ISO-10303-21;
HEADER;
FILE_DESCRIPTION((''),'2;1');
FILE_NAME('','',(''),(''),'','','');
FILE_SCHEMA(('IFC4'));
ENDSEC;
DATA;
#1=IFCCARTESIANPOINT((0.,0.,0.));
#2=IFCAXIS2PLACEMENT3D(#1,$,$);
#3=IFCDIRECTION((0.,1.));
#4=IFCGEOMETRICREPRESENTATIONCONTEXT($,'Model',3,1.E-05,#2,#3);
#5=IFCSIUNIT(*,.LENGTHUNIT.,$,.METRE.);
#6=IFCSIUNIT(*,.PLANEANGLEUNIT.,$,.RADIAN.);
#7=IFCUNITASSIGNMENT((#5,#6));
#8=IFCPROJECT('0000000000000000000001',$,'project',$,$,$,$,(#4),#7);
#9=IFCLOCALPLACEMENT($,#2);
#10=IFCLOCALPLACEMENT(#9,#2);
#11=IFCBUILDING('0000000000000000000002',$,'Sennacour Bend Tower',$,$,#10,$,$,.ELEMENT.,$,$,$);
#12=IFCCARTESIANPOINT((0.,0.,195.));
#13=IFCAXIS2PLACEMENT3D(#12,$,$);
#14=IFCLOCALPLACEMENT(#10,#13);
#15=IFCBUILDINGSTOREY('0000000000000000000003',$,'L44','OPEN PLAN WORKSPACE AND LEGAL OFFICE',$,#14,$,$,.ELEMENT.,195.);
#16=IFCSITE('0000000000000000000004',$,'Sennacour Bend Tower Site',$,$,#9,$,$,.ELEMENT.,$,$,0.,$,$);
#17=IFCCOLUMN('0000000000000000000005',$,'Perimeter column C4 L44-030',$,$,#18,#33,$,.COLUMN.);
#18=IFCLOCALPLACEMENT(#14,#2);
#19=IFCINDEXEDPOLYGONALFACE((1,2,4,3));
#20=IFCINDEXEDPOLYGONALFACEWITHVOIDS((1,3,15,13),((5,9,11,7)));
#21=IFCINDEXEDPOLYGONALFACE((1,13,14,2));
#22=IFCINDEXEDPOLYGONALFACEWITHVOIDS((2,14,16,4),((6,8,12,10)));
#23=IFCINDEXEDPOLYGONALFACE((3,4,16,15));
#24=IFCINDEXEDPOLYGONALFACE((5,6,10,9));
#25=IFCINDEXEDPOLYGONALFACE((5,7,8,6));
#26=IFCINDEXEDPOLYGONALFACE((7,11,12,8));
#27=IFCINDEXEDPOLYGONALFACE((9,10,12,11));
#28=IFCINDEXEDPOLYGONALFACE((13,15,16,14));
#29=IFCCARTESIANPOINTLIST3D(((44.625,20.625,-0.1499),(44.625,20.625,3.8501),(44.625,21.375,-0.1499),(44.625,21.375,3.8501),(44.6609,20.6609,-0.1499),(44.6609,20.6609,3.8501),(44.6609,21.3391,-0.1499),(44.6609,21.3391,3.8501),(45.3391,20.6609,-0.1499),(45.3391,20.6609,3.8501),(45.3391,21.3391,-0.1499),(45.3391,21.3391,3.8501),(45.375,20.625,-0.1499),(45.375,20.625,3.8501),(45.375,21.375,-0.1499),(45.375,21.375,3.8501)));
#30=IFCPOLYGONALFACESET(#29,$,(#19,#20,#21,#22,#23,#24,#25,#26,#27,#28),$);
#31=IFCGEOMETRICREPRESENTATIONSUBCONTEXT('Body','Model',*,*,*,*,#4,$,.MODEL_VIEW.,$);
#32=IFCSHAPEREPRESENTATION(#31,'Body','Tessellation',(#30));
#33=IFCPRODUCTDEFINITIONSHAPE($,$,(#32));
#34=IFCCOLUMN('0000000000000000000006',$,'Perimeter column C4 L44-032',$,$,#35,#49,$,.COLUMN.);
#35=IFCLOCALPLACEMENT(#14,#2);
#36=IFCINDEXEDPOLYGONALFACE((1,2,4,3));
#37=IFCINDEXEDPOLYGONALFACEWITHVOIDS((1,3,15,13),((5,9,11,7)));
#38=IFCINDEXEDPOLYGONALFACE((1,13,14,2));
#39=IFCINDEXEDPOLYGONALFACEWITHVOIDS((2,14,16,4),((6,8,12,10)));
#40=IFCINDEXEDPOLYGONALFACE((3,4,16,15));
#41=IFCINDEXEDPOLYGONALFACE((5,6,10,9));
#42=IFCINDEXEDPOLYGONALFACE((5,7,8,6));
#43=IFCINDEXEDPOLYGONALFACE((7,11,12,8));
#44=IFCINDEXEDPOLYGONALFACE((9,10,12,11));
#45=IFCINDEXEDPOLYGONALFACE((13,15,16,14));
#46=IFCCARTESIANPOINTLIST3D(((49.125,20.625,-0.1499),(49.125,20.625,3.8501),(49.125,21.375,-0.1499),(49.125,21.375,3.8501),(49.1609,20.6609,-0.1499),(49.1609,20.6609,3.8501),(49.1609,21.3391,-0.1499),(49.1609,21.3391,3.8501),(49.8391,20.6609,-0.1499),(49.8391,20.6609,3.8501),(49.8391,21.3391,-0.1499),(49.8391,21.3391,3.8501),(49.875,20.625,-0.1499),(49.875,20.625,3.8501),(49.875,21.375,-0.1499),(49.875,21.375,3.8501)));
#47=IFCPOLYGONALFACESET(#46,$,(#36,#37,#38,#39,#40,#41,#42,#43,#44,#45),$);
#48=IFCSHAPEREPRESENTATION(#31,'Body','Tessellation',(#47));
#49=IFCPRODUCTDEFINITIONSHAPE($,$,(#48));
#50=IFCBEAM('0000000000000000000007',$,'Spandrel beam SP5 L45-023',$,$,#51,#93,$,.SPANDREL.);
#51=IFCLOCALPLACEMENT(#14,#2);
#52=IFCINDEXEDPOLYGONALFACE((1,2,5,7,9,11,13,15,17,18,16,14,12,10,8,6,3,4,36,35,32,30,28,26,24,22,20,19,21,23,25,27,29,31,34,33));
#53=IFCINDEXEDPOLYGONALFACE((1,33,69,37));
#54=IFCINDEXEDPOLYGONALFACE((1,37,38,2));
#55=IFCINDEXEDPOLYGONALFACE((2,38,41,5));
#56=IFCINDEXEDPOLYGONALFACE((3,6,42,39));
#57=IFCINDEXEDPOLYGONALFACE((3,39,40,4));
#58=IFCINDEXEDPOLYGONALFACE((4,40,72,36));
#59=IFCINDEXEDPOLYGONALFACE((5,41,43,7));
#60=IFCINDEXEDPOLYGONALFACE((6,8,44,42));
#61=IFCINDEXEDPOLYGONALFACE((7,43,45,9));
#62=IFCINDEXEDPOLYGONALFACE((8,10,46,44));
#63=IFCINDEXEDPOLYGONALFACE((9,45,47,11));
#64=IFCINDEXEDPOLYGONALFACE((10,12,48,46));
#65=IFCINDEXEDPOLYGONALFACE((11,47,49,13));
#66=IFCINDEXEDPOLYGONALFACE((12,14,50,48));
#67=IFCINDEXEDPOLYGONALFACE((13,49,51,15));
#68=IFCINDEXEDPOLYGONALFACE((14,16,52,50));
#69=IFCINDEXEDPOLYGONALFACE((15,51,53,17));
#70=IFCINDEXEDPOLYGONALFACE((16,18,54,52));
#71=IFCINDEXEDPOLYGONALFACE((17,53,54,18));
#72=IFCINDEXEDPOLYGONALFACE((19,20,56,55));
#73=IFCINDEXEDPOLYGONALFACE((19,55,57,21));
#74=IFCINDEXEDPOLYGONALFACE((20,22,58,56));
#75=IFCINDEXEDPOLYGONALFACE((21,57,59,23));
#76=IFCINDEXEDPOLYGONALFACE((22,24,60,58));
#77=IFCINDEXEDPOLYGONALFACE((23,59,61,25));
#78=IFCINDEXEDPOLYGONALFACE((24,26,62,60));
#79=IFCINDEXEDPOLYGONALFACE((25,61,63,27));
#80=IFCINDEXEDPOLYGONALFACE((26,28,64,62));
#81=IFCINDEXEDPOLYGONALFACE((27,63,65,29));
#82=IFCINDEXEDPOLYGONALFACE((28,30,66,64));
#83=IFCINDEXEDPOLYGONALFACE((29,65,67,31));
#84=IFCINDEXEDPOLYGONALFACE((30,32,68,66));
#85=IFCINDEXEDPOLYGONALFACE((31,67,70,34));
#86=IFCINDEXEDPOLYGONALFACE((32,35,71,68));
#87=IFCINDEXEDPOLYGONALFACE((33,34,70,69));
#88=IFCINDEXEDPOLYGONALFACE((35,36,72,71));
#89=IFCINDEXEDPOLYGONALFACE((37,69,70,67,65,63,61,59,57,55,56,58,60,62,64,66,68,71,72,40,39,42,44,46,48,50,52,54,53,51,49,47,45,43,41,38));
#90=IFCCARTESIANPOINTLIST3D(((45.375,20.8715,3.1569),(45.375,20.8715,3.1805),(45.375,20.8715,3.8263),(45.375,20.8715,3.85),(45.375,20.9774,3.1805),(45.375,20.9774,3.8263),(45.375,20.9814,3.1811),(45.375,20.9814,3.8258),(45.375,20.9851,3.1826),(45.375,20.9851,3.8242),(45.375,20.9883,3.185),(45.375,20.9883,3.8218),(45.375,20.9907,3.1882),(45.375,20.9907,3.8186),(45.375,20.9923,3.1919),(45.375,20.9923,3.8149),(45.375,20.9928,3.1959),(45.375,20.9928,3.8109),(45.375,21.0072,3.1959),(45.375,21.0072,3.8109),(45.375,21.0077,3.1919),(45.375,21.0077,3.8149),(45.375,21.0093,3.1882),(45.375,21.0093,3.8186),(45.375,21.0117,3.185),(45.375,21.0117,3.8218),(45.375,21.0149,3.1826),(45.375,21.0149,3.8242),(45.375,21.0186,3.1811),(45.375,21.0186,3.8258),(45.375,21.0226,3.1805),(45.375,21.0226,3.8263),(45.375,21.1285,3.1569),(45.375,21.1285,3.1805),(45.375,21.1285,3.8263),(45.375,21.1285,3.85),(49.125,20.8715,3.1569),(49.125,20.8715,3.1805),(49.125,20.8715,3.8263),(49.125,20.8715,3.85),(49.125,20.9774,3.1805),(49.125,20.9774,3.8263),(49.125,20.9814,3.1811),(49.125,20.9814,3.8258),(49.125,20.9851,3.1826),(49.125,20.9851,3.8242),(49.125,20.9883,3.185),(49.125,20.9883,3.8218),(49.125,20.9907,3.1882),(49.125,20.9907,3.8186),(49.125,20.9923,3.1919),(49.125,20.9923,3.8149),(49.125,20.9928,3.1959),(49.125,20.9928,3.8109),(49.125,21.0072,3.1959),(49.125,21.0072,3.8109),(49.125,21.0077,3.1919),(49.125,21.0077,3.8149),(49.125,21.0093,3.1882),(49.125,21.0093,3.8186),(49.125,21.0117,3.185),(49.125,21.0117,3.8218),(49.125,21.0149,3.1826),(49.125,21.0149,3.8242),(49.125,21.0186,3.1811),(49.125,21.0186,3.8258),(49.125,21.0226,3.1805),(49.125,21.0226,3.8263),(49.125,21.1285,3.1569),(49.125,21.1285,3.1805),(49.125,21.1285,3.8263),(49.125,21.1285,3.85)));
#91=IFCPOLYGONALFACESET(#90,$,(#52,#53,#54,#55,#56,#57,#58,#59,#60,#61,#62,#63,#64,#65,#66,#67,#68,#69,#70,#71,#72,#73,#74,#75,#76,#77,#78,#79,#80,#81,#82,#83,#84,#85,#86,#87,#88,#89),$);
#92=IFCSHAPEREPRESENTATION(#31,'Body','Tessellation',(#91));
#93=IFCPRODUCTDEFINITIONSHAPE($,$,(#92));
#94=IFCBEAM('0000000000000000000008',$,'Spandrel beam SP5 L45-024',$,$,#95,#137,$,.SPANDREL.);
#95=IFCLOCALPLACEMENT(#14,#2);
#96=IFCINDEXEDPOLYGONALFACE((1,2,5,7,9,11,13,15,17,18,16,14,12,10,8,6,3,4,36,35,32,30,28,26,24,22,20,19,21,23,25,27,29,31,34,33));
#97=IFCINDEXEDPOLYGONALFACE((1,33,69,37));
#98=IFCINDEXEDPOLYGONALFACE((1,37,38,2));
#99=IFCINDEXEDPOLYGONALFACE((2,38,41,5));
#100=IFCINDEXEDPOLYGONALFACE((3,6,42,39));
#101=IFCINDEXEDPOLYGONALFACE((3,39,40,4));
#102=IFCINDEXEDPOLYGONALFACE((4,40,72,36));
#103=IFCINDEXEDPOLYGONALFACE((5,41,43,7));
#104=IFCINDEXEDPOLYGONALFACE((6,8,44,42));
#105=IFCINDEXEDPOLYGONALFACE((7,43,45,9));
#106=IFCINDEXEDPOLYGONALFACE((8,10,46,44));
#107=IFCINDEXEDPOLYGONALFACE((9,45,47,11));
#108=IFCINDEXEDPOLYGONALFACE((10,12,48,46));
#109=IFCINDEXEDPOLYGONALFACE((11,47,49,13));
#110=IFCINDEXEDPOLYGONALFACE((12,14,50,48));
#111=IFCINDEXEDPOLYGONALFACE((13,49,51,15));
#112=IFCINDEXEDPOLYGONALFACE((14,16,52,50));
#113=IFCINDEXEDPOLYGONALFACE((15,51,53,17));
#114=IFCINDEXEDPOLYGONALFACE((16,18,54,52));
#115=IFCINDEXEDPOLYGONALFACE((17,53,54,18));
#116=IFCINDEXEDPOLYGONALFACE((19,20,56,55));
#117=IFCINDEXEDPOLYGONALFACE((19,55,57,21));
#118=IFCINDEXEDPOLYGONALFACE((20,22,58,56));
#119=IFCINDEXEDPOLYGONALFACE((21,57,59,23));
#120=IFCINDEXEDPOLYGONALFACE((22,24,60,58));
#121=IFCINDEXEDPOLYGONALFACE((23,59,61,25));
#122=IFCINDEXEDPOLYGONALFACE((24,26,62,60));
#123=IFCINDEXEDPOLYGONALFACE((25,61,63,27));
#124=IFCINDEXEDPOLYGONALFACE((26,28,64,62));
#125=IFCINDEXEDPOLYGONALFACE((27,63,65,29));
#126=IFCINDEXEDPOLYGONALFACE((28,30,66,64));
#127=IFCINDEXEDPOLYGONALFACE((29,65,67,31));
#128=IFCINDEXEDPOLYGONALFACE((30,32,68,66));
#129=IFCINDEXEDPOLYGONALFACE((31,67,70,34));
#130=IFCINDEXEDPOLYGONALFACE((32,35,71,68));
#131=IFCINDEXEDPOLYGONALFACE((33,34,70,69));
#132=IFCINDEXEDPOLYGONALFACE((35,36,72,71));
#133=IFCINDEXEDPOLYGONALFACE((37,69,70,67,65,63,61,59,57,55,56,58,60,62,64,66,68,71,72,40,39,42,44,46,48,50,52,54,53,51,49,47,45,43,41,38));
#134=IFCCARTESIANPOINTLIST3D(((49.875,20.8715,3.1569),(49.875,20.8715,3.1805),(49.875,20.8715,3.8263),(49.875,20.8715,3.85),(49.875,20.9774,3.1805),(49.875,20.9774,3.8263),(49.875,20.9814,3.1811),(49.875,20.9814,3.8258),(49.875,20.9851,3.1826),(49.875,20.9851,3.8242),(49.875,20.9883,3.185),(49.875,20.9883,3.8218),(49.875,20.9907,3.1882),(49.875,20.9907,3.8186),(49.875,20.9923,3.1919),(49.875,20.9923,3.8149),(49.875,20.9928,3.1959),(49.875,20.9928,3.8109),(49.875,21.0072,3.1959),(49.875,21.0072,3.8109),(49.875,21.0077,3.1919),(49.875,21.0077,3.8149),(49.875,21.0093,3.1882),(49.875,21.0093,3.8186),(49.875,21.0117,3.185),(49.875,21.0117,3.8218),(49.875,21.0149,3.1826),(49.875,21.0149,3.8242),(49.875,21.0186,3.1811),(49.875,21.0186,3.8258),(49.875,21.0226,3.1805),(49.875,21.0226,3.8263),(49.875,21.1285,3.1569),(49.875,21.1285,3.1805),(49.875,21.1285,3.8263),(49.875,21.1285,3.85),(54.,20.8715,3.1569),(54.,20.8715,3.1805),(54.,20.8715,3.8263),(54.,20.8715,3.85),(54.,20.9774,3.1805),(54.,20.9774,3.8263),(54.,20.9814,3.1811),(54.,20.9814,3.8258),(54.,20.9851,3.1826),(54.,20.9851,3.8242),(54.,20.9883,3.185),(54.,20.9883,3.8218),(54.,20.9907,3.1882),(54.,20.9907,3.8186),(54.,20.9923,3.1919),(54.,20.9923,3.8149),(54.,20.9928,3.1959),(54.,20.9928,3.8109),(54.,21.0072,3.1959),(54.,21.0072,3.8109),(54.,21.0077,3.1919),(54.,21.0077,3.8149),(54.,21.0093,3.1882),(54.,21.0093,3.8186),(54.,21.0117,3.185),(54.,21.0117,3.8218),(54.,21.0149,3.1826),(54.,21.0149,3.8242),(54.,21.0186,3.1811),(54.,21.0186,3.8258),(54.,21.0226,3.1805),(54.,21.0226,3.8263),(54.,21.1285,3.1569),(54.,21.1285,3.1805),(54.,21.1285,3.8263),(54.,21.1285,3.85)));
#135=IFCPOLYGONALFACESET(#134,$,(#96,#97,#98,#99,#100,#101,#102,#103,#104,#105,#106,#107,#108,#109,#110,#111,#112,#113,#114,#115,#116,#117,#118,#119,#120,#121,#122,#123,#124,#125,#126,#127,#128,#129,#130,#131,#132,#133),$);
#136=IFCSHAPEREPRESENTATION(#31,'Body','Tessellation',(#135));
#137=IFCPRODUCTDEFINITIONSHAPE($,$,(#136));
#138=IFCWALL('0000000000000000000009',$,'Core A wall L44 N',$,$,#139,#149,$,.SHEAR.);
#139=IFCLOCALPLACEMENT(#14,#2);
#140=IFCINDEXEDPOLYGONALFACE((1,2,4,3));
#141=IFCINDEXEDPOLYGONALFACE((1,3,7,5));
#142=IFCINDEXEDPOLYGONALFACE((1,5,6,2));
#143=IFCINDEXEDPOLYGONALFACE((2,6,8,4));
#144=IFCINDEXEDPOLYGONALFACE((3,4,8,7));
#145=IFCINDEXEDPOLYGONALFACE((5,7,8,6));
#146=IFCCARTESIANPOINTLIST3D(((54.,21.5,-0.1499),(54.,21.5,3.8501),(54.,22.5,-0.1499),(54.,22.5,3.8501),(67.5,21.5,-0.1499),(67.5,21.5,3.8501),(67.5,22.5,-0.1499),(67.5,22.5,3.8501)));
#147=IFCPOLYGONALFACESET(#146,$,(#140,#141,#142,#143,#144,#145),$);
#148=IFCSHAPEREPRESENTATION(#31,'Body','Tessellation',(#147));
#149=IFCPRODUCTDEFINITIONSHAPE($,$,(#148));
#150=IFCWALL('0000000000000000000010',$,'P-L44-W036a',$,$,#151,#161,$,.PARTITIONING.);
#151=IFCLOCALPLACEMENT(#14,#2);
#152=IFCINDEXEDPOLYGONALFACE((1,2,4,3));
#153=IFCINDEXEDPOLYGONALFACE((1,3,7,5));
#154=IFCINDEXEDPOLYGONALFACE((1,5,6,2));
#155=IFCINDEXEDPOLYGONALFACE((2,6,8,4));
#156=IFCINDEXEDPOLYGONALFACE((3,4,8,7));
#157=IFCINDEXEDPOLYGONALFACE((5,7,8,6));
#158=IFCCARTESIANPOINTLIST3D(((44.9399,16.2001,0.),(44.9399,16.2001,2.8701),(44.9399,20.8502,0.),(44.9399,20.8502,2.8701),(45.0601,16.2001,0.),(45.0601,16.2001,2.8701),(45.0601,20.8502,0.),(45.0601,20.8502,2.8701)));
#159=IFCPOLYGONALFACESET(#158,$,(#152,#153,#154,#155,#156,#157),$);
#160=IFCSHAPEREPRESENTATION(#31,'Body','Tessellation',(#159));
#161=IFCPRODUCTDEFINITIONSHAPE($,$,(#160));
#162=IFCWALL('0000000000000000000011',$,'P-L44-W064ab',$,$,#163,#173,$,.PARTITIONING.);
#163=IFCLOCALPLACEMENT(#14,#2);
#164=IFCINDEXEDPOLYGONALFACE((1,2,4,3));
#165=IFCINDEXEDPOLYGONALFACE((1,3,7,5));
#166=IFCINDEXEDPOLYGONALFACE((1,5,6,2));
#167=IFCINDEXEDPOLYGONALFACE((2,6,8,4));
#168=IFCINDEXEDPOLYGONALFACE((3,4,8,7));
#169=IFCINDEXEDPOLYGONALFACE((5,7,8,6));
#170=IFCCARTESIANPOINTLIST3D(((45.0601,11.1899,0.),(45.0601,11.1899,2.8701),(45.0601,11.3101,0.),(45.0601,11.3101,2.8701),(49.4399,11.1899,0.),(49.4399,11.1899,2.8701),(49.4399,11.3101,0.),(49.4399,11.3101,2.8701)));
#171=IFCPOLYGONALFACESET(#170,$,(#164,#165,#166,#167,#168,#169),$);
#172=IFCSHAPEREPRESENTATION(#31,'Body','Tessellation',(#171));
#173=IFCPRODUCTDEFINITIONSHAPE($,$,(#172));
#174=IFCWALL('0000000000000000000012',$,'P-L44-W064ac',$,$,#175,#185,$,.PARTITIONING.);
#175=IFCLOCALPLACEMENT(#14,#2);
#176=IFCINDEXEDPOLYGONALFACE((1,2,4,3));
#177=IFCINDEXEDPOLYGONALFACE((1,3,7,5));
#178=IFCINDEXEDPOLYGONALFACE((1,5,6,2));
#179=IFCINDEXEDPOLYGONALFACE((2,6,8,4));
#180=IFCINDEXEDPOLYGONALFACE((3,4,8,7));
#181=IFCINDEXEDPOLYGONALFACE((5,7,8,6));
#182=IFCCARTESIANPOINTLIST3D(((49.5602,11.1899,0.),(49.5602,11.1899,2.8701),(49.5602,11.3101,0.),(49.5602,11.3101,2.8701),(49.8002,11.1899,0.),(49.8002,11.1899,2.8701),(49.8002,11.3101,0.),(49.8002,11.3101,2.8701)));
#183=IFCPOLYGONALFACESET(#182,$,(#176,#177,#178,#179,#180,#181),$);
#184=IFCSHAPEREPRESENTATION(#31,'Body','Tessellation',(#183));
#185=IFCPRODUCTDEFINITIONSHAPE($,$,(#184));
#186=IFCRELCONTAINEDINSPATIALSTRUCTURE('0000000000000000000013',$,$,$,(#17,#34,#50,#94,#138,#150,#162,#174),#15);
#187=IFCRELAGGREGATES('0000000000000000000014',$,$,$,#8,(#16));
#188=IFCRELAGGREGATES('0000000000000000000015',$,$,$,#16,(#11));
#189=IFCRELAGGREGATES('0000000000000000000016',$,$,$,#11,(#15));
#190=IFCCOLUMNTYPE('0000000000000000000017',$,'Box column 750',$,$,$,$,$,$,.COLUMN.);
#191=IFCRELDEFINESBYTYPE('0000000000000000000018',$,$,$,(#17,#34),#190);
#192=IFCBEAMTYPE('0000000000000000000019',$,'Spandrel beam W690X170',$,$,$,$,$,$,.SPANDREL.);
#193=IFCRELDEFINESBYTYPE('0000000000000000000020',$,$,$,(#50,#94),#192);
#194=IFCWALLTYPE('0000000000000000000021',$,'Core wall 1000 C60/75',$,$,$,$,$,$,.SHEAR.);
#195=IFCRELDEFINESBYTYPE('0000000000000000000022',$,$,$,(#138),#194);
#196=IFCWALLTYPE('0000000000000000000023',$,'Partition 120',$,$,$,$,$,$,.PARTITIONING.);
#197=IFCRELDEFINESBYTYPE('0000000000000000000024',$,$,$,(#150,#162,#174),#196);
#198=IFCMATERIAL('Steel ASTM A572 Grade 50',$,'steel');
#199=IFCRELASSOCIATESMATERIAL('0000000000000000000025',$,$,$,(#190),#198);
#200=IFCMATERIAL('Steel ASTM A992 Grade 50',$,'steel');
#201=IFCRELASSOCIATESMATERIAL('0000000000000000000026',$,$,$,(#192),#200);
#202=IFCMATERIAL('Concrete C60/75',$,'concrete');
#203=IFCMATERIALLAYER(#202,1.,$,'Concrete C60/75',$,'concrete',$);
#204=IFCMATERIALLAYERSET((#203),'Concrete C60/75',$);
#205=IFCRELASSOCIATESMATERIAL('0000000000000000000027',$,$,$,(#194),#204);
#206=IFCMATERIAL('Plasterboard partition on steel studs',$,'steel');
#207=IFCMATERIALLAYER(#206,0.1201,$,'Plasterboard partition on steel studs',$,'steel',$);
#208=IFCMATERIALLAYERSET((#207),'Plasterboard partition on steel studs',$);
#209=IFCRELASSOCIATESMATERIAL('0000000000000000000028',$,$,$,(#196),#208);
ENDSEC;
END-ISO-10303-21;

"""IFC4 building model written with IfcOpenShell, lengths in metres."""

from ifc_helpers import new_model, si_unit, direction, frame, frame_2d, origin, origin_2d, place, context, subcontext, project, spatial, rectangle, hollow_rectangle, i_section, extrude, material, layer, layer_set, material_profile, profile_set, type_object, element, save


model = new_model("IFC4")

# Units and contexts
model_context = context("Model", 3, precision=1e-05, world=origin(), true_north=direction((0.0, 1.0)))
body_context = subcontext(model_context, "Body", "Model", "MODEL_VIEW")
ifc_project = project(units=[si_unit("LENGTHUNIT", "METRE"), si_unit("PLANEANGLEUNIT", "RADIAN")], contexts=[model_context])

# Site, building, storey
site_placement = place(None, origin())
site = spatial("IfcSite", under=ifc_project, at=site_placement, Name="Sennacour Bend Tower Site", CompositionType="ELEMENT", RefElevation=0.0)
building_placement = place(site_placement, origin())
building = spatial("IfcBuilding", under=site, at=building_placement, Name="Sennacour Bend Tower", CompositionType="ELEMENT")
storey_placement = place(building_placement, frame((0.0, 0.0, 195.0)))
storey = spatial("IfcBuildingStorey", under=building, at=storey_placement, Name="L44", Description="OPEN PLAN WORKSPACE AND LEGAL OFFICE", CompositionType="ELEMENT", Elevation=195.0)

# Columns
ifc_material_1 = material(Name="Steel ASTM A572 Grade 50", Category="steel")
ifc_material_profile_1 = material_profile(ifc_material_1, hollow_rectangle(XDim=0.75, YDim=0.75, WallThickness=0.0359, at=origin_2d()), Name="Steel ASTM A572 Grade 50", Category="steel")
ifc_profile_set_1 = profile_set([ifc_material_profile_1], Name="Steel ASTM A572 Grade 50")
column_type = type_object("IfcColumnType", Name="Box column 750", PredefinedType="COLUMN", material=ifc_profile_set_1)
for number, where, z_axis, x_axis, name in (
    (1, (45.0, 21.0, -0.1499), (0.0, 0.0, 1.0), (1.0, 0.0, 0.0), "Perimeter column C4 L44-030"),
    (2, (49.5, 21.0, -0.1499), (0.0, 0.0, 1.0), (1.0, 0.0, 0.0), "Perimeter column C4 L44-032"),
):
    element("IfcColumn", number, at=place(storey_placement, frame(where, z_axis=z_axis, x_axis=x_axis)), inside=storey, type_object=column_type, Name=name, PredefinedType="COLUMN", context=body_context, shape_type="SweptSolid", body=[
        extrude(hollow_rectangle(XDim=0.75, YDim=0.75, WallThickness=0.0359, at=origin_2d()), origin(), (0.0, 0.0, 1.0), 4.0),
    ])

# Beams
ifc_material_2 = material(Name="Steel ASTM A992 Grade 50", Category="steel")
ifc_material_profile_2 = material_profile(ifc_material_2, i_section(OverallWidth=0.2571, OverallDepth=0.6931, WebThickness=0.0144, FlangeThickness=0.0237, FilletRadius=0.0154, at=origin_2d()), Name="Steel ASTM A992 Grade 50", Category="steel")
ifc_profile_set_2 = profile_set([ifc_material_profile_2], Name="Steel ASTM A992 Grade 50")
beam_type = type_object("IfcBeamType", Name="Spandrel beam W690X170", PredefinedType="SPANDREL", material=ifc_profile_set_2)
beam_1_placement = place(storey_placement, frame((45.375, 21.0, 3.5034), z_axis=(1.0, 0.0, 0.0), x_axis=(0.0, 1.0, 0.0)))
element("IfcBeam", 3, at=beam_1_placement, inside=storey, type_object=beam_type, Name="Spandrel beam SP5 L45-023", PredefinedType="SPANDREL", context=body_context, shape_type="SweptSolid", body=[
    extrude(i_section(OverallWidth=0.2571, OverallDepth=0.6931, WebThickness=0.0144, FlangeThickness=0.0237, FilletRadius=0.0154, at=origin_2d()), origin(), (0.0, 0.0, 1.0), 3.75),
])
beam_2_placement = place(storey_placement, frame((49.875, 21.0, 3.5034), z_axis=(1.0, 0.0, 0.0), x_axis=(0.0, 1.0, 0.0)))
element("IfcBeam", 4, at=beam_2_placement, inside=storey, type_object=beam_type, Name="Spandrel beam SP5 L45-024", PredefinedType="SPANDREL", context=body_context, shape_type="SweptSolid", body=[
    extrude(i_section(OverallWidth=0.2571, OverallDepth=0.6931, WebThickness=0.0144, FlangeThickness=0.0237, FilletRadius=0.0154, at=origin_2d()), origin(), (0.0, 0.0, 1.0), 4.125),
])

# Walls
ifc_material_3 = material(Name="Concrete C60/75", Category="concrete")
ifc_layer_1 = layer(ifc_material_3, 1.0, Name="Concrete C60/75", Category="concrete")
ifc_layer_set_1 = layer_set([ifc_layer_1], Name="Concrete C60/75")
wall_type_1 = type_object("IfcWallType", Name="Core wall 1000 C60/75", PredefinedType="SHEAR", material=ifc_layer_set_1)
wall_1_placement = place(storey_placement, frame((54.0, 22.0, -0.1499), z_axis=(0.0, 0.0, 1.0), x_axis=(1.0, 0.0, 0.0)))
element("IfcWall", 5, at=wall_1_placement, inside=storey, type_object=wall_type_1, Name="Core A wall L44 N", PredefinedType="SHEAR", context=body_context, shape_type="SweptSolid", body=[
    extrude(rectangle(XDim=13.5, YDim=1.0, at=frame_2d((6.75, 0.0))), origin(), (0.0, 0.0, 1.0), 4.0),
])
ifc_material_4 = material(Name="Plasterboard partition on steel studs", Category="steel")
ifc_layer_2 = layer(ifc_material_4, 0.1201, Name="Plasterboard partition on steel studs", Category="steel")
ifc_layer_set_2 = layer_set([ifc_layer_2], Name="Plasterboard partition on steel studs")
wall_type_2 = type_object("IfcWallType", Name="Partition 120", PredefinedType="PARTITIONING", material=ifc_layer_set_2)
wall_2_placement = place(storey_placement, frame((45.0, 16.2, 0.0), z_axis=(0.0, 0.0, 1.0), x_axis=(0.0, 1.0, 0.0)))
element("IfcWall", 6, at=wall_2_placement, inside=storey, type_object=wall_type_2, Name="P-L44-W036a", PredefinedType="PARTITIONING", context=body_context, shape_type="SweptSolid", body=[
    extrude(rectangle(XDim=4.6501, YDim=0.1201, at=frame_2d((2.3252, 0.0))), origin(), (0.0, 0.0, 1.0), 2.8701),
])
wall_3_placement = place(storey_placement, frame((45.0601, 11.25, 0.0), z_axis=(0.0, 0.0, 1.0), x_axis=(1.0, 0.0, 0.0)))
element("IfcWall", 7, at=wall_3_placement, inside=storey, type_object=wall_type_2, Name="P-L44-W064ab", PredefinedType="PARTITIONING", context=body_context, shape_type="SweptSolid", body=[
    extrude(rectangle(XDim=4.3799, YDim=0.1201, at=frame_2d((2.1899, 0.0))), origin(), (0.0, 0.0, 1.0), 2.8701),
])
wall_4_placement = place(storey_placement, frame((49.5601, 11.25, 0.0), z_axis=(0.0, 0.0, 1.0), x_axis=(1.0, 0.0, 0.0)))
element("IfcWall", 8, at=wall_4_placement, inside=storey, type_object=wall_type_2, Name="P-L44-W064ac", PredefinedType="PARTITIONING", context=body_context, shape_type="SweptSolid", body=[
    extrude(rectangle(XDim=0.24, YDim=0.1201, at=frame_2d((0.1201, 0.0))), origin(), (0.0, 0.0, 1.0), 2.8701),
])

save(model, "model.ifc")
